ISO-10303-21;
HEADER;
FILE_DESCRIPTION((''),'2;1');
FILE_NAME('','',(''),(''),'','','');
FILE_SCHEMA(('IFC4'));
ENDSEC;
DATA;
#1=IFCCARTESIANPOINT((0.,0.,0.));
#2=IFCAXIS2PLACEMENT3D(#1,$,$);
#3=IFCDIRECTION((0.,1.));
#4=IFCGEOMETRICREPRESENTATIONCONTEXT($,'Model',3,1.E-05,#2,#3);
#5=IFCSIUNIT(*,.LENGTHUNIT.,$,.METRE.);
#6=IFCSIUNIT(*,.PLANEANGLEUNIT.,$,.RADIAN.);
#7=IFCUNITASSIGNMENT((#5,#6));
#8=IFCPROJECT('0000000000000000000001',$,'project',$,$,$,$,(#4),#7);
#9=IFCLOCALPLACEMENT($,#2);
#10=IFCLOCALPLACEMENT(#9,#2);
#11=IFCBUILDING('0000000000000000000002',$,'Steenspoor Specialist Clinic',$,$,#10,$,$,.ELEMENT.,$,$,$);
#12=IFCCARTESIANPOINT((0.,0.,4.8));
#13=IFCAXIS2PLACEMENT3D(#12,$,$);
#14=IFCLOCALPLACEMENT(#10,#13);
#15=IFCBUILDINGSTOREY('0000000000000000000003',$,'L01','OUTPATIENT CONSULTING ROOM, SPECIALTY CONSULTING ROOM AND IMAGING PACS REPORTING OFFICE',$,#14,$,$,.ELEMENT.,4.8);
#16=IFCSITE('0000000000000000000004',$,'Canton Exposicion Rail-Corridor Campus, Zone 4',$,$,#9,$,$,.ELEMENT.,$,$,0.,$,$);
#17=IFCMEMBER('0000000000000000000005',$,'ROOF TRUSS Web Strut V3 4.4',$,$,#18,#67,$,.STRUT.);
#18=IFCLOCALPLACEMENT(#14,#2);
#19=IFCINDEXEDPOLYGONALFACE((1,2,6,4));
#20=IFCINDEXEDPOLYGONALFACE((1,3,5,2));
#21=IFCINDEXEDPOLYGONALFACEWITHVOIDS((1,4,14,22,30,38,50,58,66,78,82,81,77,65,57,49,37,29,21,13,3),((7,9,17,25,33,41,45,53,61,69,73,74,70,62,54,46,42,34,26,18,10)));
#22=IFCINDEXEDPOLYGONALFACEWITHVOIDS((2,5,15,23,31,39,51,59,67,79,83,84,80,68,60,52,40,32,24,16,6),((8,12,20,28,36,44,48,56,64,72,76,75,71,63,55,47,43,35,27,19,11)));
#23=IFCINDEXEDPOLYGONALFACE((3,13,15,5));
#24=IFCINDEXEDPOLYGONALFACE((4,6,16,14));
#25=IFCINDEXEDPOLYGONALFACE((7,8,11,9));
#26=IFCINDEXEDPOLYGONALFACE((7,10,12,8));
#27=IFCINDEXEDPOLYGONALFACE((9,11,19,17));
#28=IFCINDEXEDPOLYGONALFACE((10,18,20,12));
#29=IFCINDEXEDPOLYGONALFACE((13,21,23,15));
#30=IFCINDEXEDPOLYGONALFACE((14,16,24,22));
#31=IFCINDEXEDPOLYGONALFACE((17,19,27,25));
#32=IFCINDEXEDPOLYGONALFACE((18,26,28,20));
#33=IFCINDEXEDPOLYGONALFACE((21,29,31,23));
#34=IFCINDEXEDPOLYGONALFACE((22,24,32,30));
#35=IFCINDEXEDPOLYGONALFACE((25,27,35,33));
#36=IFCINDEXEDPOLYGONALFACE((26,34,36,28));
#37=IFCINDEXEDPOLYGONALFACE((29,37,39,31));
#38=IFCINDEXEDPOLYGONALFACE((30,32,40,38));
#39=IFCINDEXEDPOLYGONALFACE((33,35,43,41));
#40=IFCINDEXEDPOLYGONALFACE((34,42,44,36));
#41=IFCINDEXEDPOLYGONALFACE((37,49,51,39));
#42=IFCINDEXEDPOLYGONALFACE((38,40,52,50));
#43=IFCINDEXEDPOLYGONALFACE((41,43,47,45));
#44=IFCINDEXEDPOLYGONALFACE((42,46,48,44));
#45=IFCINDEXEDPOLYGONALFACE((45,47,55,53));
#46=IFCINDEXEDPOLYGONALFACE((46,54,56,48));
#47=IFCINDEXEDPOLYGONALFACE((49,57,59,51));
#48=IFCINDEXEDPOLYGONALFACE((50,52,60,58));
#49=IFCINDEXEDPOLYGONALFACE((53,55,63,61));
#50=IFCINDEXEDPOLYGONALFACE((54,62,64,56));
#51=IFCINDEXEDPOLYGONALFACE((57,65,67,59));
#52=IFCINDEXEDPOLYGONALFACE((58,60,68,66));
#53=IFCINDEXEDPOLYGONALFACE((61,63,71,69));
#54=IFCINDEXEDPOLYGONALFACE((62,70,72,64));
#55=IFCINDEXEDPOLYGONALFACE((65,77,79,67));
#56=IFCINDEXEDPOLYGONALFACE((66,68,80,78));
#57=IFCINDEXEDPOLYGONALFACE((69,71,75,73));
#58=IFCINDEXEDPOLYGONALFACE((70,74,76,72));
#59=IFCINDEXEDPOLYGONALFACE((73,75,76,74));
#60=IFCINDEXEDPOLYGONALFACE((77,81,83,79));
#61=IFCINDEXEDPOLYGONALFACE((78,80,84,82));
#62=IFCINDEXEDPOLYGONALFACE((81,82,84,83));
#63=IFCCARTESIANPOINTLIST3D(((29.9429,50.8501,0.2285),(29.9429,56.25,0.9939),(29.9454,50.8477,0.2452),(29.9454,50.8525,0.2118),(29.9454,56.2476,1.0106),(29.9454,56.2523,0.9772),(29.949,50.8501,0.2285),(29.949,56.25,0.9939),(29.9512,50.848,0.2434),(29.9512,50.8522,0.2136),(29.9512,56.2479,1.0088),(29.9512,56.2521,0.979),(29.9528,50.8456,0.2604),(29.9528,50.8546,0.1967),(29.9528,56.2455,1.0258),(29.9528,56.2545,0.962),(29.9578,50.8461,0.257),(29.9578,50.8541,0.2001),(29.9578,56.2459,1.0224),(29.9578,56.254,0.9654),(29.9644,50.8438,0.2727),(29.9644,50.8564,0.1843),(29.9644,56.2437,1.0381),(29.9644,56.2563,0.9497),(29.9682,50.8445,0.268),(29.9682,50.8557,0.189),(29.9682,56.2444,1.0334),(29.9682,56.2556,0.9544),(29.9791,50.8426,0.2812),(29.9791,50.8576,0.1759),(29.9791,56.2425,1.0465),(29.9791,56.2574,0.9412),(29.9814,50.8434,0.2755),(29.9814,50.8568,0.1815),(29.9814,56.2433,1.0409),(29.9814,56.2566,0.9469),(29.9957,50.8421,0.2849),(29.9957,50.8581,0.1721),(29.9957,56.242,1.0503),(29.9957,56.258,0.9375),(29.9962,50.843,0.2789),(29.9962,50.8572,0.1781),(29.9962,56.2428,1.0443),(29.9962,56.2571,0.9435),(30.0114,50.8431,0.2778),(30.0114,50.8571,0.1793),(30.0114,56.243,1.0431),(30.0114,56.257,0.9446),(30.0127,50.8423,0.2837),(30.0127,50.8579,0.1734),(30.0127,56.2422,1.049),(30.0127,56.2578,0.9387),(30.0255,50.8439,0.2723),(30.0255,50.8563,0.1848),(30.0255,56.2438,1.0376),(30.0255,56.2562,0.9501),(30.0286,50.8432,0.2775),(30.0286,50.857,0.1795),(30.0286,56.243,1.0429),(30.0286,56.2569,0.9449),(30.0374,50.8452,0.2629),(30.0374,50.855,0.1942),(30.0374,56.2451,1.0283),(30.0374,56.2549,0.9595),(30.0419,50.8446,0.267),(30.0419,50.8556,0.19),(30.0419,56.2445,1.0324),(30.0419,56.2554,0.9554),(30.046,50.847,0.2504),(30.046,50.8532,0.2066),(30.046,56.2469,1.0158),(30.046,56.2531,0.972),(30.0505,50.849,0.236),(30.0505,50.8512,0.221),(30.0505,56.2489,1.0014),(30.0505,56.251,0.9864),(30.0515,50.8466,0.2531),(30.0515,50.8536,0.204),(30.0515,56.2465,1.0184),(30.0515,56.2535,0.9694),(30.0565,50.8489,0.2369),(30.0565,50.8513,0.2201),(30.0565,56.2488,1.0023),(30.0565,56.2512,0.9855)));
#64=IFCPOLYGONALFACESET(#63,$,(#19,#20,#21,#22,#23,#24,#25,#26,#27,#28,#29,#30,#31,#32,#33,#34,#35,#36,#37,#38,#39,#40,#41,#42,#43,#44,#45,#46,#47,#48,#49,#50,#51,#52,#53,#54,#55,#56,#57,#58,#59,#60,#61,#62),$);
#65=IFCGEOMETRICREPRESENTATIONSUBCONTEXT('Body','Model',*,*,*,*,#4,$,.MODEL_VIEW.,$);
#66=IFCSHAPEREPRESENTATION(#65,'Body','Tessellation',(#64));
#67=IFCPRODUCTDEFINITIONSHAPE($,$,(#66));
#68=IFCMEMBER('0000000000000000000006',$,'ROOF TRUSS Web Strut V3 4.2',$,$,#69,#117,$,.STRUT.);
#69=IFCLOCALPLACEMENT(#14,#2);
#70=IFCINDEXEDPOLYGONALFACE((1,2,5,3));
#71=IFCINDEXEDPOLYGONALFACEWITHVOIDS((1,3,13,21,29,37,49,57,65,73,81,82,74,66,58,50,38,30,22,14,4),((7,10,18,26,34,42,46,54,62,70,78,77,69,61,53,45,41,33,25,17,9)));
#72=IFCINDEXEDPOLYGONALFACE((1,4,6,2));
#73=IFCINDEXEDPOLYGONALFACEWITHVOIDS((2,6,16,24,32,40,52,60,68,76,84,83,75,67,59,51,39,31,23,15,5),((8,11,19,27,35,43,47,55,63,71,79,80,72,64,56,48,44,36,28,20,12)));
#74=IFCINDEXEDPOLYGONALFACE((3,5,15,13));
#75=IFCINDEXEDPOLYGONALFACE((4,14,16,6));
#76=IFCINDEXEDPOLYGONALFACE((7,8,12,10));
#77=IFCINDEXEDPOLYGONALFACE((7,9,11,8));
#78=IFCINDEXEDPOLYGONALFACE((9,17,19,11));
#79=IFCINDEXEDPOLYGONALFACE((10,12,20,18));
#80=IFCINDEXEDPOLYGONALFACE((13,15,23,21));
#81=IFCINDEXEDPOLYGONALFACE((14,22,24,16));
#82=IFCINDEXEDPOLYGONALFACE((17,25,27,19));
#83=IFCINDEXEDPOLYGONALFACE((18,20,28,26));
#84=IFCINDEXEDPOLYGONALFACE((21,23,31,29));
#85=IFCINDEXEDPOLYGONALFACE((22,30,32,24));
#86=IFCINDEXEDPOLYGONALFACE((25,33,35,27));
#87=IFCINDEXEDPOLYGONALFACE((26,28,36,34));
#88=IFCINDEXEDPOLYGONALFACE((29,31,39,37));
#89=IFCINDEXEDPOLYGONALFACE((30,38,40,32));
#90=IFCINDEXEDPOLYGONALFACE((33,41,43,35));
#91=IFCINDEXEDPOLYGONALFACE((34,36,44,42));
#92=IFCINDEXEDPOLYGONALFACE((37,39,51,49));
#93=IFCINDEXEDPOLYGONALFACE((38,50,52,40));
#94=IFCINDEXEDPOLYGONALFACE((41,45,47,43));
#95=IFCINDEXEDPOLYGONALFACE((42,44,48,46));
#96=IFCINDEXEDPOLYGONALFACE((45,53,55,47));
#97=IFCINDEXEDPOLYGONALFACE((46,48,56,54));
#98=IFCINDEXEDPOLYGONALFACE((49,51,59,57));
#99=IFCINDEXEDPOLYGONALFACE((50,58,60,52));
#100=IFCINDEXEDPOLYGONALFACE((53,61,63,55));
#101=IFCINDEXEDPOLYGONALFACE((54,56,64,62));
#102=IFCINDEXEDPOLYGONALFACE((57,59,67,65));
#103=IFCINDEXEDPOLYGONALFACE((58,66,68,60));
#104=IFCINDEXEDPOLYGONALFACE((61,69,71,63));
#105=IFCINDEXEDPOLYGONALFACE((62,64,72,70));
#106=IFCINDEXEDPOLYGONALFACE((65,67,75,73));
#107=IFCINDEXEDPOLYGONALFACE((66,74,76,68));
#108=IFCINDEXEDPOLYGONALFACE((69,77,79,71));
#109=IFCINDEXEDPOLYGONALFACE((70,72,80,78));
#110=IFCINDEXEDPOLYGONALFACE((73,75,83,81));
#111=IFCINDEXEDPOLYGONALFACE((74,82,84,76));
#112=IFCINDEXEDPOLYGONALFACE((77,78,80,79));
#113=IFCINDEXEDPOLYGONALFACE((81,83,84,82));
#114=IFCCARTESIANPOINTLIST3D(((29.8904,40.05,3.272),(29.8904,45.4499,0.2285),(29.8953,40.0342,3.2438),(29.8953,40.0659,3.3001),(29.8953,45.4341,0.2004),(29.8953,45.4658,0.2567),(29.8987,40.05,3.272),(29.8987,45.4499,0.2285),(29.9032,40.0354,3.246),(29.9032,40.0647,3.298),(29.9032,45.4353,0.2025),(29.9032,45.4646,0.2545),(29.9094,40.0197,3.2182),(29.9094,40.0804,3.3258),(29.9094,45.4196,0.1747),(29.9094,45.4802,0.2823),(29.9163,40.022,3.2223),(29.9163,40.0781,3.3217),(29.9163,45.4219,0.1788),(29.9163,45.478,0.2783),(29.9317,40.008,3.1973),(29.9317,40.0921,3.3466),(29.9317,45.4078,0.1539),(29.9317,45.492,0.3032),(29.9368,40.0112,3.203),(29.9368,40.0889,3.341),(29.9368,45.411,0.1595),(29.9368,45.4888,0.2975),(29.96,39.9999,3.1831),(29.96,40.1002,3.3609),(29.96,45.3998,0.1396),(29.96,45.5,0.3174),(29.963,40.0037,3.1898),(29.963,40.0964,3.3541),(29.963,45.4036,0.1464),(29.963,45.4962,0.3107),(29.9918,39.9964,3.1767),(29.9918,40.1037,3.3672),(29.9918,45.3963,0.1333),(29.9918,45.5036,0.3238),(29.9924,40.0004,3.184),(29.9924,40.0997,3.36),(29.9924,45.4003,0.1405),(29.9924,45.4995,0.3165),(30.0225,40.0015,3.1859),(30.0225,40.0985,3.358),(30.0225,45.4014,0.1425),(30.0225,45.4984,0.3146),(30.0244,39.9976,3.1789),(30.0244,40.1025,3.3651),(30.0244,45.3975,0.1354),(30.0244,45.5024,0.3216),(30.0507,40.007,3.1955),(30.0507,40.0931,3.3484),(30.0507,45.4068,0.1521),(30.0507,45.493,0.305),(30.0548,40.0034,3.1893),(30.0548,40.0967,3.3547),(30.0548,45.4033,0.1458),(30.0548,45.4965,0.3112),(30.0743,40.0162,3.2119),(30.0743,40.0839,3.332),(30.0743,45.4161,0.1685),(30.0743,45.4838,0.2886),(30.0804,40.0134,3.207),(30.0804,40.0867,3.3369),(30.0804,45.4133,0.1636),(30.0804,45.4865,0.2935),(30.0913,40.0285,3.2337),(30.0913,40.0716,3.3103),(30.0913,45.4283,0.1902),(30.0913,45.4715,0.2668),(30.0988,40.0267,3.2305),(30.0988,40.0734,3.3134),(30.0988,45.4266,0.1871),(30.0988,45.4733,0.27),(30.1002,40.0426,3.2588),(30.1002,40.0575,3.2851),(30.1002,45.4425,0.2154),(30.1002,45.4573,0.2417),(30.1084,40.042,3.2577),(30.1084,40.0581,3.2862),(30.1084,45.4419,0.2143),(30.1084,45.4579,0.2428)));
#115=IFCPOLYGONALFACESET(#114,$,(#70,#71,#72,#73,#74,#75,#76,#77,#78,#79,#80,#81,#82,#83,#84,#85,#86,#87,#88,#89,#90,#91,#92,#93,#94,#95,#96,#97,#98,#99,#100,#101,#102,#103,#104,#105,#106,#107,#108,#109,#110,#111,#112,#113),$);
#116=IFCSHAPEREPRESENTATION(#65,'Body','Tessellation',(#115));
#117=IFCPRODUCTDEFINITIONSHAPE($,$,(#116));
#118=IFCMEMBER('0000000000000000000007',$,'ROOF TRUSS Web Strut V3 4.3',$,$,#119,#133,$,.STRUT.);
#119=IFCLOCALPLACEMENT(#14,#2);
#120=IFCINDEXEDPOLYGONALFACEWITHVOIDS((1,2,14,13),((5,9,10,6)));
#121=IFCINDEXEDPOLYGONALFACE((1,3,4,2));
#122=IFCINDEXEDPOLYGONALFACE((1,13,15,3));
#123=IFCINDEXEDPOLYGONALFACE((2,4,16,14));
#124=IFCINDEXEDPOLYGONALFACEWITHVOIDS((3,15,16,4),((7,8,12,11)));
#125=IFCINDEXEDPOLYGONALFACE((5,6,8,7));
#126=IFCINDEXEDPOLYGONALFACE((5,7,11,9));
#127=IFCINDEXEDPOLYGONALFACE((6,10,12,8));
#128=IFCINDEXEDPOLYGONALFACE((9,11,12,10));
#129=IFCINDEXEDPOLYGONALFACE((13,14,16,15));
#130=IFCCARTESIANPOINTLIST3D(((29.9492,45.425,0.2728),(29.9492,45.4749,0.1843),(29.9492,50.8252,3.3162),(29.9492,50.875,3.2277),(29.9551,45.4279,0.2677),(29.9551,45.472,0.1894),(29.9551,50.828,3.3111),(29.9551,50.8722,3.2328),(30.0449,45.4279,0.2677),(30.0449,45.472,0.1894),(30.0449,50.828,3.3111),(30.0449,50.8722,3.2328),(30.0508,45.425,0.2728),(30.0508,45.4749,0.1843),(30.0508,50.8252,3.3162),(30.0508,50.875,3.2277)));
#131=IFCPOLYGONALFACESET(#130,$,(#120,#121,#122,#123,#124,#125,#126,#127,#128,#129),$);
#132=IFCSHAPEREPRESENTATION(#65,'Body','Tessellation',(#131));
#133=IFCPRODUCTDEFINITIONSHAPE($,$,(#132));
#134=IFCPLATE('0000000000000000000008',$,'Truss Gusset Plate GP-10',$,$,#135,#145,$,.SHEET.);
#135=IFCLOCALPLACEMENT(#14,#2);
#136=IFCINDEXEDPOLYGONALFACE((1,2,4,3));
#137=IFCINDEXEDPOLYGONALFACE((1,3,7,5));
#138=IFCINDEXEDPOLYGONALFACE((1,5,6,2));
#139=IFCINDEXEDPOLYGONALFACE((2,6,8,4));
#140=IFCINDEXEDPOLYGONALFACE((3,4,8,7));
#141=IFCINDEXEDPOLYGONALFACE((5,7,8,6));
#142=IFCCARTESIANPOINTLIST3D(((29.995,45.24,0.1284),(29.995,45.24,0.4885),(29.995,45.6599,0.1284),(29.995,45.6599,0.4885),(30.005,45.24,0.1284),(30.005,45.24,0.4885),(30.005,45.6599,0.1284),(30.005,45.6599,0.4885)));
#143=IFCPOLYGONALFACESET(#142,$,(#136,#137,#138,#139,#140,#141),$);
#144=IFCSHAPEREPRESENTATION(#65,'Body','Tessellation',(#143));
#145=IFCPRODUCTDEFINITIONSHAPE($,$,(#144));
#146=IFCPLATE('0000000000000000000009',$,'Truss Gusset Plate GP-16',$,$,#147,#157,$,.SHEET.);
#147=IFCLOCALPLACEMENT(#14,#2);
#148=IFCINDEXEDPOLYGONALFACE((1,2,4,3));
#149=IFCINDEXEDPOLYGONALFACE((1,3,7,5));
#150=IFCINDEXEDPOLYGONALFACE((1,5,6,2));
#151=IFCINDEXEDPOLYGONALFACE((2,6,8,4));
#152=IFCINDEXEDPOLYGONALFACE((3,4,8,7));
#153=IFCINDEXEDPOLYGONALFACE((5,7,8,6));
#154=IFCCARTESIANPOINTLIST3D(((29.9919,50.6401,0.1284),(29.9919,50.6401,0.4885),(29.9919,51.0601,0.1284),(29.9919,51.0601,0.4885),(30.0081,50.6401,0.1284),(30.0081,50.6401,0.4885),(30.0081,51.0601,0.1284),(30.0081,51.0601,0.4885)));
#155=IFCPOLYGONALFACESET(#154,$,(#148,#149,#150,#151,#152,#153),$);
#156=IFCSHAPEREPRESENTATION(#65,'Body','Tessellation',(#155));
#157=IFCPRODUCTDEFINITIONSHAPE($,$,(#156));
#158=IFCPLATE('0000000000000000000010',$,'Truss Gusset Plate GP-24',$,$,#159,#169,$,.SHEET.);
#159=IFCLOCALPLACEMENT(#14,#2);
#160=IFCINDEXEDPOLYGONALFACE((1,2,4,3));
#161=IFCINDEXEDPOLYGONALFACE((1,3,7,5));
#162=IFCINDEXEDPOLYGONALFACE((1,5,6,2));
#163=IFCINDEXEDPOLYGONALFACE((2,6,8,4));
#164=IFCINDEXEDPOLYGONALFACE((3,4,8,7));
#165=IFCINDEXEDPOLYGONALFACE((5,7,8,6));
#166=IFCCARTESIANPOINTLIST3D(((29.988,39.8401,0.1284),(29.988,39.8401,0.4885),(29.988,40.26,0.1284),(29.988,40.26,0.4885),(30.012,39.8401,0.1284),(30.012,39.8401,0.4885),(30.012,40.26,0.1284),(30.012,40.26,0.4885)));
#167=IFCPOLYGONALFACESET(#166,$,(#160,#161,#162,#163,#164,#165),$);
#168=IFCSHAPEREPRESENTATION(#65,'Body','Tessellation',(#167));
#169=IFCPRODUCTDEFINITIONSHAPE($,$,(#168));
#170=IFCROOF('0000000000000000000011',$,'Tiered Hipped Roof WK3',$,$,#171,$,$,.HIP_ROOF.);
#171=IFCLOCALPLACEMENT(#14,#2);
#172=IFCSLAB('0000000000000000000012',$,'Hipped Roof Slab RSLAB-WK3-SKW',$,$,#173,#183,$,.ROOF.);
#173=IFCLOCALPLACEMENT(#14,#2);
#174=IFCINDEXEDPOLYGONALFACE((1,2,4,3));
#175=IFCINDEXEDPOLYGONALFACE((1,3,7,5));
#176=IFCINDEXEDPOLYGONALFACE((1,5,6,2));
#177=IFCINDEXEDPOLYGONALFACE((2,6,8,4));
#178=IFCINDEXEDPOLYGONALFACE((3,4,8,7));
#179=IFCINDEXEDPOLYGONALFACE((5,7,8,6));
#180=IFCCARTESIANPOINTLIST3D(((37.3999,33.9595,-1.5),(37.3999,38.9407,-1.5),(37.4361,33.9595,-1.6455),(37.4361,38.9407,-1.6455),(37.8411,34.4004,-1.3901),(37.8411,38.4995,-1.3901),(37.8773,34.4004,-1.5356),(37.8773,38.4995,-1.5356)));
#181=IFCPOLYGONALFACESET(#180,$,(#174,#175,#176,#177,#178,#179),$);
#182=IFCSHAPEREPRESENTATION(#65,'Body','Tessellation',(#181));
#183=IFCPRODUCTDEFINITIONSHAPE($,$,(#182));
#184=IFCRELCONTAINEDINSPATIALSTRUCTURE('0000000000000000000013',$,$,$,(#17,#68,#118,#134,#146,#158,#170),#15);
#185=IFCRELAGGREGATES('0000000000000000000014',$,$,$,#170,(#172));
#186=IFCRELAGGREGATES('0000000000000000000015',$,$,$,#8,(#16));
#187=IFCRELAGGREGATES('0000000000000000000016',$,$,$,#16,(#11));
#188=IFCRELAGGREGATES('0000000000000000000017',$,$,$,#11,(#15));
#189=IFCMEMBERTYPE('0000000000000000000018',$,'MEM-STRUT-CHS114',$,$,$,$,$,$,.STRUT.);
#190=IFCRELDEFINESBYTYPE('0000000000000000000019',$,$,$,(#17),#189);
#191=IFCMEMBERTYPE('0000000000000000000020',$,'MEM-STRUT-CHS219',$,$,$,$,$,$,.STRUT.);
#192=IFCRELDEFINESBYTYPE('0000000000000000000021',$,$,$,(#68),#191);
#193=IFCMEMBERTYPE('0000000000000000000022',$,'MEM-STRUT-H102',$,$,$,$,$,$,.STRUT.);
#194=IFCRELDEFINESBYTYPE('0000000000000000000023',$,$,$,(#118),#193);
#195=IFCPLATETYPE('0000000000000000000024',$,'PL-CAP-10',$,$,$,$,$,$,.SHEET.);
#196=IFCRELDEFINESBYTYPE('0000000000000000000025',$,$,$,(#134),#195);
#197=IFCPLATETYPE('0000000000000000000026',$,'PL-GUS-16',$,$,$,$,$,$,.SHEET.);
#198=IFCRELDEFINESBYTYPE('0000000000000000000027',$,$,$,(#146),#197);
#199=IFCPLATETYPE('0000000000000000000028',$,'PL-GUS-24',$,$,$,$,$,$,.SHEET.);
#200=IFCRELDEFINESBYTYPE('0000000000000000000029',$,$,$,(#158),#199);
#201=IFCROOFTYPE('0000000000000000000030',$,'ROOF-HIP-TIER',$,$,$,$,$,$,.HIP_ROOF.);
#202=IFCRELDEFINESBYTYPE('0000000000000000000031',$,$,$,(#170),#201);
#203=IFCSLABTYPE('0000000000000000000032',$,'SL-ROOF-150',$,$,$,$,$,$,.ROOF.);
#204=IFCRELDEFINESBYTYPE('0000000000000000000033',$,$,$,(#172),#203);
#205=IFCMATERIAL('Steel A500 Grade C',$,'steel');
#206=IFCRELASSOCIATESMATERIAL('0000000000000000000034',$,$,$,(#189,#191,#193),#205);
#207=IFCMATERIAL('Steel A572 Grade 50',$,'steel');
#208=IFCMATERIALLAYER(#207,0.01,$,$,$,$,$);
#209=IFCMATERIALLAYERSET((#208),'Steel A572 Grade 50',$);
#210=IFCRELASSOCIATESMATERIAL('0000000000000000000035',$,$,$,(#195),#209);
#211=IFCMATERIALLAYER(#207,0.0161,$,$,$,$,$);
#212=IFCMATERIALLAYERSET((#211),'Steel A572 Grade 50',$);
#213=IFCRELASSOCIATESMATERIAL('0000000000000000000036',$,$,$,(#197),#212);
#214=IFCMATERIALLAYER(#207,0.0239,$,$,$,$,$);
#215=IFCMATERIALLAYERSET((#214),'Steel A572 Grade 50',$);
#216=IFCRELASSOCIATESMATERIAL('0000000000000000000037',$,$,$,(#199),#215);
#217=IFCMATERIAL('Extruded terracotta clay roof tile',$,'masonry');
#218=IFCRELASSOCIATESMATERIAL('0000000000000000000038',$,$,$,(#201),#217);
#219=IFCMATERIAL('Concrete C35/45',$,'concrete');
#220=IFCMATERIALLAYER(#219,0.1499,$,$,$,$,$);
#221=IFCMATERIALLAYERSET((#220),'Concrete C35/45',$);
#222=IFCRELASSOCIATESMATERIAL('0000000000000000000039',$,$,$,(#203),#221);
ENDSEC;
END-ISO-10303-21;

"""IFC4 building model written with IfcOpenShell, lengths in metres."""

from ifc_helpers import new_model, si_unit, direction, frame, origin, origin_2d, place, context, subcontext, project, spatial, polyline, rectangle, hollow_rectangle, hollow_circle, outline, extrude, material, layer, layer_set, material_profile, profile_set, type_object, element, aggregate, save


model = new_model("IFC4")

# Units and contexts
model_context = context("Model", 3, precision=1e-05, world=origin(), true_north=direction((0.0, 1.0)))
body_context = subcontext(model_context, "Body", "Model", "MODEL_VIEW")
ifc_project = project(units=[si_unit("LENGTHUNIT", "METRE"), si_unit("PLANEANGLEUNIT", "RADIAN")], contexts=[model_context])

# Site, building, storey
site_placement = place(None, origin())
site = spatial("IfcSite", under=ifc_project, at=site_placement, Name="Canton Exposicion Rail-Corridor Campus, Zone 4", CompositionType="ELEMENT", RefElevation=0.0)
building_placement = place(site_placement, origin())
building = spatial("IfcBuilding", under=site, at=building_placement, Name="Steenspoor Specialist Clinic", CompositionType="ELEMENT")
storey_placement = place(building_placement, frame((0.0, 0.0, 4.8)))
storey = spatial("IfcBuildingStorey", under=building, at=storey_placement, Name="L01", Description="OUTPATIENT CONSULTING ROOM, SPECIALTY CONSULTING ROOM AND IMAGING PACS REPORTING OFFICE", CompositionType="ELEMENT", Elevation=4.8)

# Members
ifc_material_1 = material(Name="Steel A500 Grade C", Category="steel")
ifc_material_profile_1 = material_profile(ifc_material_1, hollow_circle(Radius=0.0571, WallThickness=0.0061, at=origin_2d()), Name="CHS114X6.0")
ifc_profile_set_1 = profile_set([ifc_material_profile_1], Name="Steel A500 Grade C")
member_type_1 = type_object("IfcMemberType", Name="MEM-STRUT-CHS114", PredefinedType="STRUT", material=ifc_profile_set_1)
member_1_placement = place(storey_placement, frame((30.0, 50.8501, 0.2285), z_axis=(0.0, 0.990104, 0.140337), x_axis=(-1.0, 0.0, 0.0)))
element("IfcMember", 1, at=member_1_placement, inside=storey, type_object=member_type_1, Name="ROOF TRUSS Web Strut V3 4.4", PredefinedType="STRUT", context=body_context, shape_type="SweptSolid", body=[
    extrude(hollow_circle(Radius=0.0571, WallThickness=0.0061, at=origin_2d()), origin(), (0.0, 0.0, 1.0), 5.4539),
])
ifc_material_profile_2 = material_profile(ifc_material_1, hollow_circle(Radius=0.1096, WallThickness=0.0083, at=origin_2d()), Name="CHS219X8.2")
ifc_profile_set_2 = profile_set([ifc_material_profile_2], Name="Steel A500 Grade C")
member_type_2 = type_object("IfcMemberType", Name="MEM-STRUT-CHS219", PredefinedType="STRUT", material=ifc_profile_set_2)
member_2_placement = place(storey_placement, frame((30.0, 40.05, 3.272), z_axis=(0.0, 0.871161, -0.490998), x_axis=(-1.0, 0.0, 0.0)))
element("IfcMember", 2, at=member_2_placement, inside=storey, type_object=member_type_2, Name="ROOF TRUSS Web Strut V3 4.2", PredefinedType="STRUT", context=body_context, shape_type="SweptSolid", body=[
    extrude(hollow_circle(Radius=0.1096, WallThickness=0.0083, at=origin_2d()), origin(), (0.0, 0.0, 1.0), 6.1985),
])
ifc_material_profile_3 = material_profile(ifc_material_1, hollow_rectangle(XDim=0.1016, YDim=0.1016, WallThickness=0.0059, at=origin_2d()), Name="HSS102X102X6.4")
ifc_profile_set_3 = profile_set([ifc_material_profile_3], Name="Steel A500 Grade C")
member_type_3 = type_object("IfcMemberType", Name="MEM-STRUT-H102", PredefinedType="STRUT", material=ifc_profile_set_3)
member_3_placement = place(storey_placement, frame((30.0, 45.45, 0.2285), z_axis=(0.0, 0.87117, 0.490981), x_axis=(-1.0, 0.0, 0.0)))
element("IfcMember", 3, at=member_3_placement, inside=storey, type_object=member_type_3, Name="ROOF TRUSS Web Strut V3 4.3", PredefinedType="STRUT", context=body_context, shape_type="SweptSolid", body=[
    extrude(hollow_rectangle(XDim=0.1016, YDim=0.1016, WallThickness=0.0059, at=origin_2d()), origin(), (0.0, 0.0, 1.0), 6.1987),
])

# Plates
ifc_material_2 = material(Name="Steel A572 Grade 50", Category="steel")
ifc_layer_1 = layer(ifc_material_2, 0.01)
ifc_layer_set_1 = layer_set([ifc_layer_1], Name="Steel A572 Grade 50")
plate_type_1 = type_object("IfcPlateType", Name="PL-CAP-10", PredefinedType="SHEET", material=ifc_layer_set_1)
plate_1_placement = place(storey_placement, frame((30.0, 45.45, 0.1284), z_axis=(0.0, 0.0, 1.0), x_axis=(1.0, 0.0, 0.0)))
element("IfcPlate", 4, at=plate_1_placement, inside=storey, type_object=plate_type_1, Name="Truss Gusset Plate GP-10", PredefinedType="SHEET", context=body_context, shape_type="SweptSolid", body=[
    extrude(rectangle(XDim=0.01, YDim=0.4199, at=origin_2d()), origin(), (0.0, 0.0, 1.0), 0.3601),
])
ifc_layer_2 = layer(ifc_material_2, 0.0161)
ifc_layer_set_2 = layer_set([ifc_layer_2], Name="Steel A572 Grade 50")
plate_type_2 = type_object("IfcPlateType", Name="PL-GUS-16", PredefinedType="SHEET", material=ifc_layer_set_2)
plate_2_placement = place(storey_placement, frame((30.0, 50.8501, 0.1284), z_axis=(0.0, 0.0, 1.0), x_axis=(1.0, 0.0, 0.0)))
element("IfcPlate", 5, at=plate_2_placement, inside=storey, type_object=plate_type_2, Name="Truss Gusset Plate GP-16", PredefinedType="SHEET", context=body_context, shape_type="SweptSolid", body=[
    extrude(rectangle(XDim=0.0161, YDim=0.4199, at=origin_2d()), origin(), (0.0, 0.0, 1.0), 0.3601),
])
ifc_layer_3 = layer(ifc_material_2, 0.0239)
ifc_layer_set_3 = layer_set([ifc_layer_3], Name="Steel A572 Grade 50")
plate_type_3 = type_object("IfcPlateType", Name="PL-GUS-24", PredefinedType="SHEET", material=ifc_layer_set_3)
plate_3_placement = place(storey_placement, frame((30.0, 40.05, 0.1284), z_axis=(0.0, 0.0, 1.0), x_axis=(1.0, 0.0, 0.0)))
element("IfcPlate", 6, at=plate_3_placement, inside=storey, type_object=plate_type_3, Name="Truss Gusset Plate GP-24", PredefinedType="SHEET", context=body_context, shape_type="SweptSolid", body=[
    extrude(rectangle(XDim=0.0239, YDim=0.4199, at=origin_2d()), origin(), (0.0, 0.0, 1.0), 0.3601),
])

# Roof, slab
ifc_material_3 = material(Name="Extruded terracotta clay roof tile", Category="masonry")
roof_type = type_object("IfcRoofType", Name="ROOF-HIP-TIER", PredefinedType="HIP_ROOF", material=ifc_material_3)
roof_placement = place(storey_placement, origin())
roof = element("IfcRoof", 7, at=roof_placement, inside=storey, type_object=roof_type, Name="Tiered Hipped Roof WK3", PredefinedType="HIP_ROOF")
ifc_material_4 = material(Name="Concrete C35/45", Category="concrete")
ifc_layer_4 = layer(ifc_material_4, 0.1499)
ifc_layer_set_4 = layer_set([ifc_layer_4], Name="Concrete C35/45")
slab_type = type_object("IfcSlabType", Name="SL-ROOF-150", PredefinedType="ROOF", material=ifc_layer_set_4)
slab_1_placement = place(storey_placement, frame((37.8411, 38.4995, -1.3901), z_axis=(-0.241651, 0.0, 0.970363), x_axis=(-0.696392, 0.696392, -0.173424)))
slab_1 = element("IfcSlab", 8, at=slab_1_placement, type_object=slab_type, Name="Hipped Roof Slab RSLAB-WK3-SKW", PredefinedType="ROOF", context=body_context, shape_type="SweptSolid", body=[
    extrude(outline(polyline([(0.0, 0.0), (0.6335, 0.0), (-2.8354, 3.5748), (-2.8546, 2.9418), (0.0, 0.0)])), origin(), (0.0, 0.0, -1.0), 0.1499),
])
aggregate(roof, [slab_1])

save(model, "model.ifc")
